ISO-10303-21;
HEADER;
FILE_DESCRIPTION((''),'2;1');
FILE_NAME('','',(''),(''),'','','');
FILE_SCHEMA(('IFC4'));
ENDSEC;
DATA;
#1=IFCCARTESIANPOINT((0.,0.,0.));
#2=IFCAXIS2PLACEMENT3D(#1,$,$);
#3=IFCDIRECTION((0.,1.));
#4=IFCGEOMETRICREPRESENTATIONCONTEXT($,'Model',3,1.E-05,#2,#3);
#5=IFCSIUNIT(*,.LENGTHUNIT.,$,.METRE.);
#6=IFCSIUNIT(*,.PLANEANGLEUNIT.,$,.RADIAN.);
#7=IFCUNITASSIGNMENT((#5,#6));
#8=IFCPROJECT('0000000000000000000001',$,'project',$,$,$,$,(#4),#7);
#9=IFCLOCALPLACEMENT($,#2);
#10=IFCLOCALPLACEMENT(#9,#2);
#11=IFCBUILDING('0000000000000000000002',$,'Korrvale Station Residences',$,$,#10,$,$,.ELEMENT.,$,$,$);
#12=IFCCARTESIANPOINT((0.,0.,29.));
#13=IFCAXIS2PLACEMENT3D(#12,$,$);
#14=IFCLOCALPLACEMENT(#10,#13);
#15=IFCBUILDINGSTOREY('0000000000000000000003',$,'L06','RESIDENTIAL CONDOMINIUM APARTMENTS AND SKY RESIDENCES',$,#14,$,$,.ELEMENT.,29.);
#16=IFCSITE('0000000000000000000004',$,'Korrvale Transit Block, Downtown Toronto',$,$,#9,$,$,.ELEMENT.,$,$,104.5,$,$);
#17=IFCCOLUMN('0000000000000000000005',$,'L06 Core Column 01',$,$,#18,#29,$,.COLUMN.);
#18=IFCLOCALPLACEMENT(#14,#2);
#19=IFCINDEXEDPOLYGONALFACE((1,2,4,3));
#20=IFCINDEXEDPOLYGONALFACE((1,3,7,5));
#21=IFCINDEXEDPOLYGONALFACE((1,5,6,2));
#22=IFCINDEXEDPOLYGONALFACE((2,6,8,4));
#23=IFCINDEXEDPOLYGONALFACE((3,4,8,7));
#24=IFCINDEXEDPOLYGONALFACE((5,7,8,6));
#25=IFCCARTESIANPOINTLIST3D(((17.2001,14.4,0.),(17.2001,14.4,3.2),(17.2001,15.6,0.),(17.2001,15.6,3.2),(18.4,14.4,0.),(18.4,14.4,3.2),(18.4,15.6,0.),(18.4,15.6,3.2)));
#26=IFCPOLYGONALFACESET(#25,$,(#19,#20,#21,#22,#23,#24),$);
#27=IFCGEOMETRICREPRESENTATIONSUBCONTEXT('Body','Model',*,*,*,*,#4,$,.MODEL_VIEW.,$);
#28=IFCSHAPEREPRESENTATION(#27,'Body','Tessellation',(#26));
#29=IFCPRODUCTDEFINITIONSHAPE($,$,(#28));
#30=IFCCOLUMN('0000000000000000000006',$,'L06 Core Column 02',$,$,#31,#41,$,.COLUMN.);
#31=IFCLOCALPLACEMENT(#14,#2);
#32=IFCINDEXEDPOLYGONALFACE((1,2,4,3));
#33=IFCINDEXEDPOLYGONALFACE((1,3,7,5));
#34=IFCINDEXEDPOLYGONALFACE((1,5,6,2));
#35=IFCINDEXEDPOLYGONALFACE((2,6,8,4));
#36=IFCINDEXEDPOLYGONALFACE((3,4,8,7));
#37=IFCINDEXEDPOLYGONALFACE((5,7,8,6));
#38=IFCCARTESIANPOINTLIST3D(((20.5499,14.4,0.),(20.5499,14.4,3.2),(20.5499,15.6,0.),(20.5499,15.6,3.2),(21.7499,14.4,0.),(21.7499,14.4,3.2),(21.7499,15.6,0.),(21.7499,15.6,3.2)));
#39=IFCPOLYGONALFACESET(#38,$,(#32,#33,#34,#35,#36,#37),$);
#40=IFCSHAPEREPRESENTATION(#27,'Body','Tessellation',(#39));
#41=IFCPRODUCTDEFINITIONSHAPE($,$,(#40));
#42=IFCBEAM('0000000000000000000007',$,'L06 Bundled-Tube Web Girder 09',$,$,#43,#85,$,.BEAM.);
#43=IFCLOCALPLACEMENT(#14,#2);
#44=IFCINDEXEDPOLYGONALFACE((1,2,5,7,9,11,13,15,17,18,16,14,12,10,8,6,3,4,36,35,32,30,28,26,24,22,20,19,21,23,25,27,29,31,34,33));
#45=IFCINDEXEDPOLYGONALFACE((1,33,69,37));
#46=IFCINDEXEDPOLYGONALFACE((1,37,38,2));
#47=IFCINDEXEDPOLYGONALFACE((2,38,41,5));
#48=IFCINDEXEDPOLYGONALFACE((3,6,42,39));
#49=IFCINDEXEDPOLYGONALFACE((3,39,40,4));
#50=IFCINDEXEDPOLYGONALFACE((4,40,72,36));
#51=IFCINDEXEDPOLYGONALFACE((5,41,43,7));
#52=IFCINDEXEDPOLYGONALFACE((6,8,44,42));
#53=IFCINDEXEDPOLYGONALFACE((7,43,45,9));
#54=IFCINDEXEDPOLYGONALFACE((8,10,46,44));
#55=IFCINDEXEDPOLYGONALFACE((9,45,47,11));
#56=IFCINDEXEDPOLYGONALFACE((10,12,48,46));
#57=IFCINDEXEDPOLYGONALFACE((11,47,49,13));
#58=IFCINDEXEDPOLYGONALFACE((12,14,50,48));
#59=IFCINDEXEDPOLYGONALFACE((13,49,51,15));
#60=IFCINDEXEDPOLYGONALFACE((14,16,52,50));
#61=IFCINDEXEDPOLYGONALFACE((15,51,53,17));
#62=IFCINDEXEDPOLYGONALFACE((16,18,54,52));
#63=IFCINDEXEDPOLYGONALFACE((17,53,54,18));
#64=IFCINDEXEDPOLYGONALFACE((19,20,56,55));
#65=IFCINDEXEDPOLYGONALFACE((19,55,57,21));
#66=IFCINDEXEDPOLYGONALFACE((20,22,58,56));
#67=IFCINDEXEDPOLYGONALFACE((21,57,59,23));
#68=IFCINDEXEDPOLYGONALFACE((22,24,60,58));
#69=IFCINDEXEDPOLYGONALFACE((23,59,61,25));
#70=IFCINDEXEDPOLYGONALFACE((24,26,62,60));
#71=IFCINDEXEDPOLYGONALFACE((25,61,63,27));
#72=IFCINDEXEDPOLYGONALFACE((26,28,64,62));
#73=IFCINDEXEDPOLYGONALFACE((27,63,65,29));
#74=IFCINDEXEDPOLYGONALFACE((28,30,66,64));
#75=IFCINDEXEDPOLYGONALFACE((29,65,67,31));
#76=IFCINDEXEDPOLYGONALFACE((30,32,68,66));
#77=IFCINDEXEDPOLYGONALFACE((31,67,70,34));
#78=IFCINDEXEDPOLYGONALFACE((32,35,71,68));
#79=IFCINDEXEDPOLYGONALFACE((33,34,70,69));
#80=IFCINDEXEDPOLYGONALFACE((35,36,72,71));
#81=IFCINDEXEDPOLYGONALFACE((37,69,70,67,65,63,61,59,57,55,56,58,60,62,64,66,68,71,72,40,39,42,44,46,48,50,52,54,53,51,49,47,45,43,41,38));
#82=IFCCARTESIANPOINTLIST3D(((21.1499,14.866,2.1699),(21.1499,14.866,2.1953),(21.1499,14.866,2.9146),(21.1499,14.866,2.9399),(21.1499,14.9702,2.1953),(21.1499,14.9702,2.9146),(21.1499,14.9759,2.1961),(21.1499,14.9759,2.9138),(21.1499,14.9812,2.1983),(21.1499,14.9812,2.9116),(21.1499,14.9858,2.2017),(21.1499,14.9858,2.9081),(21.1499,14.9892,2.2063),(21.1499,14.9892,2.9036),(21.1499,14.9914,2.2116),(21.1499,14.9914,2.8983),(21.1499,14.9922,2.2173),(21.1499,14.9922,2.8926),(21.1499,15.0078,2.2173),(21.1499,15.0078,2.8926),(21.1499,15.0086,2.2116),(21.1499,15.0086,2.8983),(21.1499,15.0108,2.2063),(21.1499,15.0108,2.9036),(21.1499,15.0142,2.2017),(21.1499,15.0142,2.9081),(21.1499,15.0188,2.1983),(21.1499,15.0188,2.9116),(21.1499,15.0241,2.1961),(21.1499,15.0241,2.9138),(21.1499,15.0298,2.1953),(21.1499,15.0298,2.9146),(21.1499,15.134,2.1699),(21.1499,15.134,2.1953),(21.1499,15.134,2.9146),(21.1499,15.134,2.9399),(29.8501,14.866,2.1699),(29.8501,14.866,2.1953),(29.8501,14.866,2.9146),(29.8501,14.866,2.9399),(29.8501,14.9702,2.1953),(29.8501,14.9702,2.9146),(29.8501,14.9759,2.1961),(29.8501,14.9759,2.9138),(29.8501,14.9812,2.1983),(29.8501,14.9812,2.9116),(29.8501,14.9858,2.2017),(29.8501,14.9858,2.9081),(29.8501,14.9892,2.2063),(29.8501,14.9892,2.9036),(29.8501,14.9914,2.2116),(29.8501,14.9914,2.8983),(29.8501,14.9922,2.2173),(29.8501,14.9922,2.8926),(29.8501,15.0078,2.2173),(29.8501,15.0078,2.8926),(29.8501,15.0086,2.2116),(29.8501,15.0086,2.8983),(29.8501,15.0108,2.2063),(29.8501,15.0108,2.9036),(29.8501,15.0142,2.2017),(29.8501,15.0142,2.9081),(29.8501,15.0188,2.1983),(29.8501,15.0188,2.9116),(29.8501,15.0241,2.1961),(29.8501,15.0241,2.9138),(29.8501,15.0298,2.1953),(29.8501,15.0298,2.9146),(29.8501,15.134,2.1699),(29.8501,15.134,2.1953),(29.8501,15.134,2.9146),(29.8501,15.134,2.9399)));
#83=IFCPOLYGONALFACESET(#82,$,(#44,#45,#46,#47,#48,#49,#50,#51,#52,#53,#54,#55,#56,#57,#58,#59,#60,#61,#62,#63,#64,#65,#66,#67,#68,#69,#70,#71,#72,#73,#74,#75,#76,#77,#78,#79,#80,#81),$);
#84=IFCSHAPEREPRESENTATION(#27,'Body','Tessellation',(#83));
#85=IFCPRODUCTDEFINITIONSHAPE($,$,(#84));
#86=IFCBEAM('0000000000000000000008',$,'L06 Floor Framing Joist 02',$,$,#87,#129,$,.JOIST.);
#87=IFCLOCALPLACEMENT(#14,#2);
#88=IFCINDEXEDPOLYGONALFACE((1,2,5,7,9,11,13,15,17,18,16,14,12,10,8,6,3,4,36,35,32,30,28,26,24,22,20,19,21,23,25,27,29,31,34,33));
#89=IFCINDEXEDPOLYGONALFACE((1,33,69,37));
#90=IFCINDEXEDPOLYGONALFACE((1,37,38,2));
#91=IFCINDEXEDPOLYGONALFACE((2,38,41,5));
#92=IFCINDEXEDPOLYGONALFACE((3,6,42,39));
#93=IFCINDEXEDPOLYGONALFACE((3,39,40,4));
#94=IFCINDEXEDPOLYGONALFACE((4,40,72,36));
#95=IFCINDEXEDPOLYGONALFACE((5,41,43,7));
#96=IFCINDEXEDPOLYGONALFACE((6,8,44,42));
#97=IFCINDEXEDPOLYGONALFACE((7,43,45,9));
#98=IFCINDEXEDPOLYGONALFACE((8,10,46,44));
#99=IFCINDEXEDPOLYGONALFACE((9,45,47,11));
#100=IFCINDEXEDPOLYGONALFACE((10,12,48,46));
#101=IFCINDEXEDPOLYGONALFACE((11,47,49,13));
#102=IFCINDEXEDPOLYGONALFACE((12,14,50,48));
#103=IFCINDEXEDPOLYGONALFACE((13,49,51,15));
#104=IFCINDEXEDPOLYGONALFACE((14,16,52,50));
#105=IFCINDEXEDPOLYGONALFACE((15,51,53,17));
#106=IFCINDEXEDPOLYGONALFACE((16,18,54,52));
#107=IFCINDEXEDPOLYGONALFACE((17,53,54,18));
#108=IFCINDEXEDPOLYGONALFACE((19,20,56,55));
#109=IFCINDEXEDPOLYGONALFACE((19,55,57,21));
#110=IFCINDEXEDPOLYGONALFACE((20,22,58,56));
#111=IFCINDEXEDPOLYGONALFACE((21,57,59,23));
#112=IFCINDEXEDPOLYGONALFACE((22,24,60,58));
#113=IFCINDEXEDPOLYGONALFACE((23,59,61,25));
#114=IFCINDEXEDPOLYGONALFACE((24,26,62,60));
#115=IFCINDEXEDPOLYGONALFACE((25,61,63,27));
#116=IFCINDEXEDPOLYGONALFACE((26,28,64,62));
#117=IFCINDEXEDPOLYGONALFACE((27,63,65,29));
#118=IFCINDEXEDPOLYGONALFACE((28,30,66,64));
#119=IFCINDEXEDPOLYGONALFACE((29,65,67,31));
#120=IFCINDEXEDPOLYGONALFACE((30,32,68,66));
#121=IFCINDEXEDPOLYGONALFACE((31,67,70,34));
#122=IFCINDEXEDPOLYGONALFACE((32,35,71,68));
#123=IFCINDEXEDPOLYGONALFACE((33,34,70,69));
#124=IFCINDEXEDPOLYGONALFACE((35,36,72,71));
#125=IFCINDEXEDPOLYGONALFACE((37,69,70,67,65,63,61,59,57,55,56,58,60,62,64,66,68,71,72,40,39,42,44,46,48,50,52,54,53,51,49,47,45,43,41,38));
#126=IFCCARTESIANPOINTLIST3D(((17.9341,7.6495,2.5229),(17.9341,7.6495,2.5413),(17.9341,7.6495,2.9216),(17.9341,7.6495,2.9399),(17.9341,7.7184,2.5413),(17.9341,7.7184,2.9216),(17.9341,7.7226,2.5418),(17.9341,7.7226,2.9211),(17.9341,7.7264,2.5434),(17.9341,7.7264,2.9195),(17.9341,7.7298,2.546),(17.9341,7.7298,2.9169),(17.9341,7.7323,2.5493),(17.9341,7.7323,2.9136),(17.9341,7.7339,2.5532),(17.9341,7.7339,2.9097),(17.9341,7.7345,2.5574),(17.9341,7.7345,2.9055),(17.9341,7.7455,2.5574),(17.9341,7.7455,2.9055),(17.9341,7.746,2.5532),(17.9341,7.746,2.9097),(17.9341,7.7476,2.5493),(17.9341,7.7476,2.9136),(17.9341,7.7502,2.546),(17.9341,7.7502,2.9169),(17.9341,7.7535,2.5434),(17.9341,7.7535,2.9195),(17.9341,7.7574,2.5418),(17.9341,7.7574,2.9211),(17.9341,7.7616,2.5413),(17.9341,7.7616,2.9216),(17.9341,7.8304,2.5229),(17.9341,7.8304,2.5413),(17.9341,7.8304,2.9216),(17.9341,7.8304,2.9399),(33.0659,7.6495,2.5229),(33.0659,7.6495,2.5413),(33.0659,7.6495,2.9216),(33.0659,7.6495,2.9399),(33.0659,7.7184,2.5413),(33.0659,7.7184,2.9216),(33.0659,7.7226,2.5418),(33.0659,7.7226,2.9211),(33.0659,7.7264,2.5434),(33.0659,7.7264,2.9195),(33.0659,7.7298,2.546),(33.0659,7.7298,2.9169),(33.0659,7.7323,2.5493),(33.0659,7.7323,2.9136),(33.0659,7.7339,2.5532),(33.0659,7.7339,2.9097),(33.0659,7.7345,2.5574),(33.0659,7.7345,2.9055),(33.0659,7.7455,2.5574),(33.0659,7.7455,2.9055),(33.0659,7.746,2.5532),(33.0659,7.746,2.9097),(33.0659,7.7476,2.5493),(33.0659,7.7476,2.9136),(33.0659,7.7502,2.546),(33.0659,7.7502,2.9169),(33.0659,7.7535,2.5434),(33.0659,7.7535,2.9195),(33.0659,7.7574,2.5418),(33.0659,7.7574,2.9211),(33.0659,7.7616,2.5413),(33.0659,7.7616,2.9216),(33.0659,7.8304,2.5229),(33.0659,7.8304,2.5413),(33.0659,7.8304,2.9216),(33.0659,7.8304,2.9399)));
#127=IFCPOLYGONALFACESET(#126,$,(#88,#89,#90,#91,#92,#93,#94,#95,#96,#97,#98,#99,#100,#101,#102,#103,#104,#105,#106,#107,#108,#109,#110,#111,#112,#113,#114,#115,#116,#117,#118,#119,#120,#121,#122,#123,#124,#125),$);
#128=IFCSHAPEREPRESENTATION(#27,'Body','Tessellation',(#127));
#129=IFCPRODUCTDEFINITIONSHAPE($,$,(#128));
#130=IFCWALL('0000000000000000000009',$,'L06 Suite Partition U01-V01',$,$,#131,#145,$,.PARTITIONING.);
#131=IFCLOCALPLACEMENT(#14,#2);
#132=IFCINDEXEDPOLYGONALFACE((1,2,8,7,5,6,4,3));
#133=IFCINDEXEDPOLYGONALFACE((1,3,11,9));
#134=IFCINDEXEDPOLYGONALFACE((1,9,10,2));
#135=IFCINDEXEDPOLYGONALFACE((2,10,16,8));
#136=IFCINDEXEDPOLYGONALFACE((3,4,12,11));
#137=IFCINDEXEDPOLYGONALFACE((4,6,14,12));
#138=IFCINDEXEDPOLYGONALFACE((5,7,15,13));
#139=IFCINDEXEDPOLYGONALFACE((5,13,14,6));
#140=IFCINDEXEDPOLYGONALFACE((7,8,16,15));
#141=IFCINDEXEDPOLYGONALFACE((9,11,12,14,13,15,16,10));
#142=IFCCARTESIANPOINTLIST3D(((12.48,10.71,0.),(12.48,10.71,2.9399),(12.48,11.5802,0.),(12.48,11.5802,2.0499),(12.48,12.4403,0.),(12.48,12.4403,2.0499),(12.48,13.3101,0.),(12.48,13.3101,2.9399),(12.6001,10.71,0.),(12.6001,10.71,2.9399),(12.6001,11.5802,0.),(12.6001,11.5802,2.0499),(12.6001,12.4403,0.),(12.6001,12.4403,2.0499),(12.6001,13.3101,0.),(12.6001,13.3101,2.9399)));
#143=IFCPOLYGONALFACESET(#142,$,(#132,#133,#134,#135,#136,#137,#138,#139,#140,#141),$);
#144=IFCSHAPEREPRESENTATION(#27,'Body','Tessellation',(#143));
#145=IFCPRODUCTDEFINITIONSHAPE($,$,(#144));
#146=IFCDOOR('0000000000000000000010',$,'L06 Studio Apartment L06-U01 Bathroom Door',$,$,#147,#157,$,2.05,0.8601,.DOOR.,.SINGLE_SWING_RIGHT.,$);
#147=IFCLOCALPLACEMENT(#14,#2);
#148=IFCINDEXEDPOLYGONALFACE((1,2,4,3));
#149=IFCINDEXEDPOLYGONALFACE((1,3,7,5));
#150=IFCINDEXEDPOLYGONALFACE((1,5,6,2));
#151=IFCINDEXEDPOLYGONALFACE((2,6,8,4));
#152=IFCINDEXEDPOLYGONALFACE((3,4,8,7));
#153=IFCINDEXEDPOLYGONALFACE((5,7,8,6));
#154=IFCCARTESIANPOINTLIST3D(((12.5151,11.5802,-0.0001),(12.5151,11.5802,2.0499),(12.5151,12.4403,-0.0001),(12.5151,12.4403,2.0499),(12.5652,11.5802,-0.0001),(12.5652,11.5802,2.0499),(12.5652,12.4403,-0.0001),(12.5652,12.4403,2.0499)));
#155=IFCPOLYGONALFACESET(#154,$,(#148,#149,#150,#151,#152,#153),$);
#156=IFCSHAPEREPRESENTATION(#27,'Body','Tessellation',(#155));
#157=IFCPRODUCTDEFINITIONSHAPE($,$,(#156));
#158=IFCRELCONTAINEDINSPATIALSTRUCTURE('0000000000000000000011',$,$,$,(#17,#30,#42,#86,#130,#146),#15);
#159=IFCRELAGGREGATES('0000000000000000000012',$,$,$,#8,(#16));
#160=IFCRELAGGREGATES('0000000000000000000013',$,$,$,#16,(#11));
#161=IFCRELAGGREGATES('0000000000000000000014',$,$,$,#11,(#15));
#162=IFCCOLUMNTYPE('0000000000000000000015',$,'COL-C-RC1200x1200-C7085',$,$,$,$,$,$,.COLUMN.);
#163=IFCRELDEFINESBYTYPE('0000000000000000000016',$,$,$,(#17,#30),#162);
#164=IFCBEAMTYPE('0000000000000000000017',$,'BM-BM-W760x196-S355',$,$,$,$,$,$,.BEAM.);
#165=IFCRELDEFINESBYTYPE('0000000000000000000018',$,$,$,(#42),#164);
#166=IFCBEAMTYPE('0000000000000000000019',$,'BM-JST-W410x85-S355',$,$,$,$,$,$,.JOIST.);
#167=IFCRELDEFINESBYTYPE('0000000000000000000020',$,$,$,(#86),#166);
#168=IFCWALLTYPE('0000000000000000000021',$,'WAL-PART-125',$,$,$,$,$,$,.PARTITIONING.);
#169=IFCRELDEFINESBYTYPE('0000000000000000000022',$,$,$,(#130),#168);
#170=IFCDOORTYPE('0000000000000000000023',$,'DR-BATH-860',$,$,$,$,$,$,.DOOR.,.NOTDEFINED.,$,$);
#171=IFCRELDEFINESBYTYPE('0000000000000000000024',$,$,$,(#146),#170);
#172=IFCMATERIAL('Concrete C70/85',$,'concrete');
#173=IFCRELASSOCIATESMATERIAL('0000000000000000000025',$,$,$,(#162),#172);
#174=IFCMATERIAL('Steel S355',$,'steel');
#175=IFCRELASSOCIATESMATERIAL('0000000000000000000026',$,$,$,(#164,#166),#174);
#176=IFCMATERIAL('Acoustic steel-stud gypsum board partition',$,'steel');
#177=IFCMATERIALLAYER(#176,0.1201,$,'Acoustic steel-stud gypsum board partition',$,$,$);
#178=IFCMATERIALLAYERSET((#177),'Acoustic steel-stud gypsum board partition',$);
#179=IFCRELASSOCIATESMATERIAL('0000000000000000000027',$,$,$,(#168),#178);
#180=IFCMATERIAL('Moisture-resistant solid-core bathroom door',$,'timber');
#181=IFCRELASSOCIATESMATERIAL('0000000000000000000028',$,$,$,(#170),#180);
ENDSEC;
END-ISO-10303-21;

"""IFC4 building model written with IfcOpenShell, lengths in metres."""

from ifc_helpers import new_model, si_unit, direction, frame, frame_2d, origin, origin_2d, place, context, subcontext, project, spatial, rectangle, i_section, extrude, material, layer, layer_set, material_profile, profile_set, type_object, element, fill, save


model = new_model("IFC4")

# Units and contexts
model_context = context("Model", 3, precision=1e-05, world=origin(), true_north=direction((0.0, 1.0)))
body_context = subcontext(model_context, "Body", "Model", "MODEL_VIEW")
ifc_project = project(units=[si_unit("LENGTHUNIT", "METRE"), si_unit("PLANEANGLEUNIT", "RADIAN")], contexts=[model_context])

# Site, building, storey
site_placement = place(None, origin())
site = spatial("IfcSite", under=ifc_project, at=site_placement, Name="Korrvale Transit Block, Downtown Toronto", CompositionType="ELEMENT", RefElevation=104.5)
building_placement = place(site_placement, origin())
building = spatial("IfcBuilding", under=site, at=building_placement, Name="Korrvale Station Residences", CompositionType="ELEMENT")
storey_placement = place(building_placement, frame((0.0, 0.0, 29.0)))
storey = spatial("IfcBuildingStorey", under=building, at=storey_placement, Name="L06", Description="RESIDENTIAL CONDOMINIUM APARTMENTS AND SKY RESIDENCES", CompositionType="ELEMENT", Elevation=29.0)

# Columns
ifc_material_1 = material(Name="Concrete C70/85", Category="concrete")
ifc_material_profile_1 = material_profile(ifc_material_1, rectangle(XDim=1.2, YDim=1.2, at=origin_2d()), Name="RC1200x1200")
ifc_profile_set_1 = profile_set([ifc_material_profile_1], Name="Concrete C70/85")
column_type = type_object("IfcColumnType", Name="COL-C-RC1200x1200-C7085", PredefinedType="COLUMN", material=ifc_profile_set_1)
for number, where, z_axis, x_axis, name in (
    (1, (17.8, 15.0, 0.0), (0.0, 0.0, 1.0), (1.0, 0.0, 0.0), "L06 Core Column 01"),
    (2, (21.1499, 15.0, 0.0), (0.0, 0.0, 1.0), (1.0, 0.0, 0.0), "L06 Core Column 02"),
):
    element("IfcColumn", number, at=place(storey_placement, frame(where, z_axis=z_axis, x_axis=x_axis)), inside=storey, type_object=column_type, Name=name, PredefinedType="COLUMN", context=body_context, shape_type="SweptSolid", body=[
        extrude(rectangle(XDim=1.2, YDim=1.2, at=origin_2d()), origin(), (0.0, 0.0, 1.0), 3.2),
    ])

# Beams
ifc_material_2 = material(Name="Steel S355", Category="steel")
ifc_material_profile_2 = material_profile(ifc_material_2, i_section(OverallWidth=0.2681, OverallDepth=0.77, WebThickness=0.0156, FlangeThickness=0.0254, FilletRadius=0.022, at=origin_2d()), Name="W760x196")
ifc_profile_set_2 = profile_set([ifc_material_profile_2], Name="Steel S355")
beam_type_1 = type_object("IfcBeamType", Name="BM-BM-W760x196-S355", PredefinedType="BEAM", material=ifc_profile_set_2)
beam_1_placement = place(storey_placement, frame((21.1499, 15.0, 2.5549), z_axis=(1.0, 0.0, 0.0), x_axis=(0.0, 1.0, 0.0)))
element("IfcBeam", 3, at=beam_1_placement, inside=storey, type_object=beam_type_1, Name="L06 Bundled-Tube Web Girder 09", PredefinedType="BEAM", context=body_context, shape_type="SweptSolid", body=[
    extrude(i_section(OverallWidth=0.2681, OverallDepth=0.77, WebThickness=0.0156, FlangeThickness=0.0254, FilletRadius=0.022, at=origin_2d()), origin(), (0.0, 0.0, 1.0), 8.7002),
])
ifc_material_profile_3 = material_profile(ifc_material_2, i_section(OverallWidth=0.1809, OverallDepth=0.417, WebThickness=0.011, FlangeThickness=0.0183, FilletRadius=0.0161, at=origin_2d()), Name="W410x85")
ifc_profile_set_3 = profile_set([ifc_material_profile_3], Name="Steel S355")
beam_type_2 = type_object("IfcBeamType", Name="BM-JST-W410x85-S355", PredefinedType="JOIST", material=ifc_profile_set_3)
beam_2_placement = place(storey_placement, frame((17.9341, 7.74, 2.7314), z_axis=(1.0, 0.0, 0.0), x_axis=(0.0, 1.0, 0.0)))
element("IfcBeam", 4, at=beam_2_placement, inside=storey, type_object=beam_type_2, Name="L06 Floor Framing Joist 02", PredefinedType="JOIST", context=body_context, shape_type="SweptSolid", body=[
    extrude(i_section(OverallWidth=0.1809, OverallDepth=0.417, WebThickness=0.011, FlangeThickness=0.0183, FilletRadius=0.0161, at=origin_2d()), origin(), (0.0, 0.0, 1.0), 15.1318),
])

# Wall, opening, door
ifc_material_3 = material(Name="Acoustic steel-stud gypsum board partition", Category="steel")
ifc_layer = layer(ifc_material_3, 0.1201, Name="Acoustic steel-stud gypsum board partition")
ifc_layer_set = layer_set([ifc_layer], Name="Acoustic steel-stud gypsum board partition")
wall_type = type_object("IfcWallType", Name="WAL-PART-125", PredefinedType="PARTITIONING", material=ifc_layer_set)
wall_1_placement = place(storey_placement, frame((12.54, 10.71, 0.0), z_axis=(0.0, 0.0, 1.0), x_axis=(0.0, 1.0, 0.0)))
wall_1 = element("IfcWall", 5, at=wall_1_placement, inside=storey, type_object=wall_type, Name="L06 Suite Partition U01-V01", PredefinedType="PARTITIONING", context=body_context, shape_type="SweptSolid", body=[
    extrude(rectangle(XDim=2.6001, YDim=0.1201, at=frame_2d((1.3, 0.0))), origin(), (0.0, 0.0, 1.0), 2.9399),
])
opening_1_placement = place(wall_1_placement, frame((0.8701, 0.0, 0.0)))
opening_1 = element("IfcOpeningElement", 6, at=opening_1_placement, cuts=wall_1, PredefinedType="OPENING", context=body_context, shape_type="SweptSolid", body=[
    extrude(rectangle(XDim=0.8601, YDim=2.05, at=frame_2d((0.4302, 1.0249))), frame((0.0, 0.0701, 0.0), z_axis=(0.0, -1.0, 0.0), x_axis=(1.0, 0.0, 0.0)), (0.0, 0.0, 1.0), 0.1401),
])
ifc_material_4 = material(Name="Moisture-resistant solid-core bathroom door", Category="timber")
door_type_1 = type_object("IfcDoorType", Name="DR-BATH-860", OperationType="NOTDEFINED", PredefinedType="DOOR", material=ifc_material_4)
door_1_placement = place(opening_1_placement, origin())
door_1 = element("IfcDoor", 7, at=door_1_placement, inside=storey, type_object=door_type_1, Name="L06 Studio Apartment L06-U01 Bathroom Door", OperationType="SINGLE_SWING_RIGHT", OverallHeight=2.05, OverallWidth=0.8601, PredefinedType="DOOR", context=body_context, shape_type="SweptSolid", body=[
    extrude(rectangle(XDim=0.8601, YDim=2.05, at=frame_2d((0.4302, 1.0249))), frame((0.0, 0.0249, 0.0), z_axis=(0.0, -1.0, 0.0), x_axis=(1.0, 0.0, 0.0)), (0.0, 0.0, 1.0), 0.05),
])
fill(opening_1, door_1)

save(model, "model.ifc")
